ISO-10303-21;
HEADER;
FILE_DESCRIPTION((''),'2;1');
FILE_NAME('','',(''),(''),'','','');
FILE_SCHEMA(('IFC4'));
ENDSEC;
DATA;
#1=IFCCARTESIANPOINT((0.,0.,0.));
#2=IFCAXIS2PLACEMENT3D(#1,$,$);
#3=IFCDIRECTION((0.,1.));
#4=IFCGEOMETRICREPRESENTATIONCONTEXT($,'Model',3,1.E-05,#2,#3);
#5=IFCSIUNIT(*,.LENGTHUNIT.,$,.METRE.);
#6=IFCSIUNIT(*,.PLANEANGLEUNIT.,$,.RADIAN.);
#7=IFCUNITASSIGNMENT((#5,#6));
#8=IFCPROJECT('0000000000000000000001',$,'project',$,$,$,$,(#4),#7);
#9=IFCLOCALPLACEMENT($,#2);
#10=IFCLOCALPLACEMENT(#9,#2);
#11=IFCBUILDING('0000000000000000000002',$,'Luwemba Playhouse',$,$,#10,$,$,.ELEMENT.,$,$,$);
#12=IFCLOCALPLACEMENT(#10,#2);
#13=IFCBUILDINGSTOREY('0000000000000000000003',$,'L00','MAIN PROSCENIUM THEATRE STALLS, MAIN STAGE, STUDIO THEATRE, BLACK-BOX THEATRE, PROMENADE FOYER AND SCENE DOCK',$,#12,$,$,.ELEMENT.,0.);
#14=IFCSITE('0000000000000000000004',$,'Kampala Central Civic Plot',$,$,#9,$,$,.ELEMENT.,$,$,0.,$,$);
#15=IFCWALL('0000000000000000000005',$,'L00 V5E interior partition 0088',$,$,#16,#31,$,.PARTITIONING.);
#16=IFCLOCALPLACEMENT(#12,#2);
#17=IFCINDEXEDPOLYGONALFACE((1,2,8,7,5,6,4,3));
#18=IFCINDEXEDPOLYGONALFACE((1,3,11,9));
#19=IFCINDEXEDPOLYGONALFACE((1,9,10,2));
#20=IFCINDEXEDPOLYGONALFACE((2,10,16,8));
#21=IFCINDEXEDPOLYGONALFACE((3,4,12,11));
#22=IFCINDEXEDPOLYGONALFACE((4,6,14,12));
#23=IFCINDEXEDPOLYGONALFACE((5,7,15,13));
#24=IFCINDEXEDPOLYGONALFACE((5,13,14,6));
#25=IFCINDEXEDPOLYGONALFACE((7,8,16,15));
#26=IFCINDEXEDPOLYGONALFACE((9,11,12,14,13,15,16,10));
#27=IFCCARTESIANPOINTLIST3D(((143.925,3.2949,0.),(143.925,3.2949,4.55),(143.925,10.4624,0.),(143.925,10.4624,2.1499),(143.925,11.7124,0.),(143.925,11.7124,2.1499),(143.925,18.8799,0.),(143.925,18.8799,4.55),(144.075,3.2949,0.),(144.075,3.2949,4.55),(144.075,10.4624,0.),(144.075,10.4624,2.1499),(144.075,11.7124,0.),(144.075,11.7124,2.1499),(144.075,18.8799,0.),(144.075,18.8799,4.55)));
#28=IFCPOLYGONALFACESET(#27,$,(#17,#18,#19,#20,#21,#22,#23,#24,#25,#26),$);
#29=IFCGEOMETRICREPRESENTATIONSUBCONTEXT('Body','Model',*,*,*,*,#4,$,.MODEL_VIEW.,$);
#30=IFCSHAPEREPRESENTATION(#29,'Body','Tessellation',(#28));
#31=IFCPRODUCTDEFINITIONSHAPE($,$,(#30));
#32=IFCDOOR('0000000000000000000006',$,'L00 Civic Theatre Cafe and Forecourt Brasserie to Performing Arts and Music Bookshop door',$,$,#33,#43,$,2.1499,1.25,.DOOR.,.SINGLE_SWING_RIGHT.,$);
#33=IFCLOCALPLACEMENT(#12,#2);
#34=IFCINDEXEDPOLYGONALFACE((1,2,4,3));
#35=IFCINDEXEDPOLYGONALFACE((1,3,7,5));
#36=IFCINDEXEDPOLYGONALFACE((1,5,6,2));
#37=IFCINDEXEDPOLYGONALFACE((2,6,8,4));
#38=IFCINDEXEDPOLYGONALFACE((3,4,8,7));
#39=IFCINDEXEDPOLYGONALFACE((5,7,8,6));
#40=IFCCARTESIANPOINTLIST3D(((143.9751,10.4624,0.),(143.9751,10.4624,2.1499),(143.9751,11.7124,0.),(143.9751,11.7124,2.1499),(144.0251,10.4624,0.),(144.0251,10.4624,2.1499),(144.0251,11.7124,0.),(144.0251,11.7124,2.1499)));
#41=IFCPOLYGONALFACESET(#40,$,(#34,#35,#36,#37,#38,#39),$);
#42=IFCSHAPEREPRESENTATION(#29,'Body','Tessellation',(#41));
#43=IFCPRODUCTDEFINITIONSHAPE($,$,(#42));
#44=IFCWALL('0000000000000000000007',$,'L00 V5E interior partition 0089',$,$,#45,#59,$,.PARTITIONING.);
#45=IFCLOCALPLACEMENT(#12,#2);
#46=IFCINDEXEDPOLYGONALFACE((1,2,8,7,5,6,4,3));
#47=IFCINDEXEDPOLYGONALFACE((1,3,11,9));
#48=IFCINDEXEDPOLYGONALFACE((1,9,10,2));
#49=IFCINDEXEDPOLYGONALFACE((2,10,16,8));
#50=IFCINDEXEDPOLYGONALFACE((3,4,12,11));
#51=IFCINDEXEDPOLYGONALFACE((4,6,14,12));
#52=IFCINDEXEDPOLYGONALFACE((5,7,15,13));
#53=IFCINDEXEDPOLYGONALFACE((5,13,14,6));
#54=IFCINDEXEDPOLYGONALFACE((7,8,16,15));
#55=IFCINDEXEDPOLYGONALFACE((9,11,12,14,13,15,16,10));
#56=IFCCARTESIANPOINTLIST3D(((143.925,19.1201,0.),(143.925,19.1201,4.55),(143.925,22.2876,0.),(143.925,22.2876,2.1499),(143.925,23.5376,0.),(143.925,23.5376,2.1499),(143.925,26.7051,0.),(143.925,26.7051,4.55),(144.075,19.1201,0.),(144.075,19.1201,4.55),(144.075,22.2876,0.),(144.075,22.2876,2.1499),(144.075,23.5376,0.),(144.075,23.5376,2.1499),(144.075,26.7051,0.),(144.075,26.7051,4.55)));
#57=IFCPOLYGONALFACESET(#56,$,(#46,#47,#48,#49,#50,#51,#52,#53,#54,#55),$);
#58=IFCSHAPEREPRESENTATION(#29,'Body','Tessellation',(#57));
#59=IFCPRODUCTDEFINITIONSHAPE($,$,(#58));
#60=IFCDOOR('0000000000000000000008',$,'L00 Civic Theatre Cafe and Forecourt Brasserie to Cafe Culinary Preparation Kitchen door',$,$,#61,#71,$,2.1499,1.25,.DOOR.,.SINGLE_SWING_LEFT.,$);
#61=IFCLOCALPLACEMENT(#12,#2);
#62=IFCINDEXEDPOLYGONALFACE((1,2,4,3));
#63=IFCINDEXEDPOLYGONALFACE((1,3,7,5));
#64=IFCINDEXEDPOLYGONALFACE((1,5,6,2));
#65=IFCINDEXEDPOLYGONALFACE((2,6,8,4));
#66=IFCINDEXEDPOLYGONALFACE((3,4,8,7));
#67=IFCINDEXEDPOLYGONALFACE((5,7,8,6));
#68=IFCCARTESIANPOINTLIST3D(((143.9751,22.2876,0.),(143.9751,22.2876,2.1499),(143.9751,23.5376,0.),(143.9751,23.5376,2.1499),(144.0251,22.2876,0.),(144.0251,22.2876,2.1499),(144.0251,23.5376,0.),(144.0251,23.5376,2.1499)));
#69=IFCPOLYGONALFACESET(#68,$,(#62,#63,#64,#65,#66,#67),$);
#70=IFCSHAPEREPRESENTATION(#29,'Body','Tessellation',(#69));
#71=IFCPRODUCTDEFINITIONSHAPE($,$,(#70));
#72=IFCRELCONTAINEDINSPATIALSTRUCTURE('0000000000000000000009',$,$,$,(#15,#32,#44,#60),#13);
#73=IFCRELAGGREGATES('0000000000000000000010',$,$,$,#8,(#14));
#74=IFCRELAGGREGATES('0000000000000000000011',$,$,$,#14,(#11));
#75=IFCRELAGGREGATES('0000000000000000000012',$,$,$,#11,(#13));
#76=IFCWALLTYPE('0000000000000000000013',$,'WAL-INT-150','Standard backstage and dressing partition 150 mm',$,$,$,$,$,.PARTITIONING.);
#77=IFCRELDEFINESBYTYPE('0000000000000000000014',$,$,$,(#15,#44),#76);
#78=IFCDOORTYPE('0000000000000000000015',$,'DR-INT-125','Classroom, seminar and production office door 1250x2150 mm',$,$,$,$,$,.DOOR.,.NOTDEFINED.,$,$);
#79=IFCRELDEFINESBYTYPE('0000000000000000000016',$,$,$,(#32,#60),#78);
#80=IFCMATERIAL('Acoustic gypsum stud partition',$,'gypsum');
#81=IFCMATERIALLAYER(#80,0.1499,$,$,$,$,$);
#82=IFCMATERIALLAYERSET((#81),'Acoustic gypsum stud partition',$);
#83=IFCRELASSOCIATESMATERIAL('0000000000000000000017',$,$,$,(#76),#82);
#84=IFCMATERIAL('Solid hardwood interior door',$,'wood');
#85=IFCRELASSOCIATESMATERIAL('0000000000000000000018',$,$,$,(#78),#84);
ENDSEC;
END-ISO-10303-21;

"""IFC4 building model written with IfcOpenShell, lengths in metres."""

from ifc_helpers import new_model, si_unit, direction, frame, frame_2d, origin, place, context, subcontext, project, spatial, rectangle, extrude, material, layer, layer_set, type_object, element, fill, save


model = new_model("IFC4")

# Units and contexts
model_context = context("Model", 3, precision=1e-05, world=origin(), true_north=direction((0.0, 1.0)))
body_context = subcontext(model_context, "Body", "Model", "MODEL_VIEW")
ifc_project = project(units=[si_unit("LENGTHUNIT", "METRE"), si_unit("PLANEANGLEUNIT", "RADIAN")], contexts=[model_context])

# Site, building, storey
site_placement = place(None, origin())
site = spatial("IfcSite", under=ifc_project, at=site_placement, Name="Kampala Central Civic Plot", CompositionType="ELEMENT", RefElevation=0.0)
building_placement = place(site_placement, origin())
building = spatial("IfcBuilding", under=site, at=building_placement, Name="Luwemba Playhouse", CompositionType="ELEMENT")
storey_placement = place(building_placement, origin())
storey = spatial("IfcBuildingStorey", under=building, at=storey_placement, Name="L00", Description="MAIN PROSCENIUM THEATRE STALLS, MAIN STAGE, STUDIO THEATRE, BLACK-BOX THEATRE, PROMENADE FOYER AND SCENE DOCK", CompositionType="ELEMENT", Elevation=0.0)

# Walls, openings, doors
ifc_material_1 = material(Name="Acoustic gypsum stud partition", Category="gypsum")
ifc_layer_1 = layer(ifc_material_1, 0.1499)
ifc_layer_set_1 = layer_set([ifc_layer_1], Name="Acoustic gypsum stud partition")
wall_type = type_object("IfcWallType", Name="WAL-INT-150", Description="Standard backstage and dressing partition 150 mm", PredefinedType="PARTITIONING", material=ifc_layer_set_1)
wall_1_placement = place(storey_placement, frame((144.0, 3.2949, 0.0), z_axis=(0.0, 0.0, 1.0), x_axis=(0.0, 1.0, 0.0)))
wall_1 = element("IfcWall", 1, at=wall_1_placement, inside=storey, type_object=wall_type, Name="L00 V5E interior partition 0088", PredefinedType="PARTITIONING", context=body_context, shape_type="SweptSolid", body=[
    extrude(rectangle(XDim=15.585, YDim=0.1499, at=frame_2d((7.7925, 0.0))), origin(), (0.0, 0.0, 1.0), 4.55),
])
opening_1_placement = place(wall_1_placement, frame((7.1675, 0.0, 0.0)))
opening_1 = element("IfcOpeningElement", 2, at=opening_1_placement, cuts=wall_1, PredefinedType="OPENING", context=body_context, shape_type="SweptSolid", body=[
    extrude(rectangle(XDim=1.25, YDim=2.1499, at=frame_2d((0.625, 1.075))), frame((0.0, 0.085, 0.0), z_axis=(0.0, -1.0, 0.0), x_axis=(1.0, 0.0, 0.0)), (0.0, 0.0, 1.0), 0.1699),
])
ifc_material_2 = material(Name="Solid hardwood interior door", Category="wood")
door_type = type_object("IfcDoorType", Name="DR-INT-125", Description="Classroom, seminar and production office door 1250x2150 mm", OperationType="NOTDEFINED", PredefinedType="DOOR", material=ifc_material_2)
door_1_placement = place(opening_1_placement, origin())
door_1 = element("IfcDoor", 3, at=door_1_placement, inside=storey, type_object=door_type, Name="L00 Civic Theatre Cafe and Forecourt Brasserie to Performing Arts and Music Bookshop door", OperationType="SINGLE_SWING_RIGHT", OverallHeight=2.1499, OverallWidth=1.25, PredefinedType="DOOR", context=body_context, shape_type="SweptSolid", body=[
    extrude(rectangle(XDim=1.25, YDim=2.1499, at=frame_2d((0.625, 1.075))), frame((0.0, 0.0249, 0.0), z_axis=(0.0, -1.0, 0.0), x_axis=(1.0, 0.0, 0.0)), (0.0, 0.0, 1.0), 0.05),
])
fill(opening_1, door_1)
wall_2_placement = place(storey_placement, frame((144.0, 19.1201, 0.0), z_axis=(0.0, 0.0, 1.0), x_axis=(0.0, 1.0, 0.0)))
wall_2 = element("IfcWall", 4, at=wall_2_placement, inside=storey, type_object=wall_type, Name="L00 V5E interior partition 0089", PredefinedType="PARTITIONING", context=body_context, shape_type="SweptSolid", body=[
    extrude(rectangle(XDim=7.585, YDim=0.1499, at=frame_2d((3.7925, 0.0))), origin(), (0.0, 0.0, 1.0), 4.55),
])
opening_2_placement = place(wall_2_placement, frame((3.1675, 0.0, 0.0)))
opening_2 = element("IfcOpeningElement", 5, at=opening_2_placement, cuts=wall_2, PredefinedType="OPENING", context=body_context, shape_type="SweptSolid", body=[
    extrude(rectangle(XDim=1.25, YDim=2.1499, at=frame_2d((0.625, 1.075))), frame((0.0, 0.085, 0.0), z_axis=(0.0, -1.0, 0.0), x_axis=(1.0, 0.0, 0.0)), (0.0, 0.0, 1.0), 0.1699),
])
door_2_placement = place(opening_2_placement, origin())
door_2 = element("IfcDoor", 6, at=door_2_placement, inside=storey, type_object=door_type, Name="L00 Civic Theatre Cafe and Forecourt Brasserie to Cafe Culinary Preparation Kitchen door", OperationType="SINGLE_SWING_LEFT", OverallHeight=2.1499, OverallWidth=1.25, PredefinedType="DOOR", context=body_context, shape_type="SweptSolid", body=[
    extrude(rectangle(XDim=1.25, YDim=2.1499, at=frame_2d((0.625, 1.075))), frame((0.0, 0.0249, 0.0), z_axis=(0.0, -1.0, 0.0), x_axis=(1.0, 0.0, 0.0)), (0.0, 0.0, 1.0), 0.05),
])
fill(opening_2, door_2)

save(model, "model.ifc")
